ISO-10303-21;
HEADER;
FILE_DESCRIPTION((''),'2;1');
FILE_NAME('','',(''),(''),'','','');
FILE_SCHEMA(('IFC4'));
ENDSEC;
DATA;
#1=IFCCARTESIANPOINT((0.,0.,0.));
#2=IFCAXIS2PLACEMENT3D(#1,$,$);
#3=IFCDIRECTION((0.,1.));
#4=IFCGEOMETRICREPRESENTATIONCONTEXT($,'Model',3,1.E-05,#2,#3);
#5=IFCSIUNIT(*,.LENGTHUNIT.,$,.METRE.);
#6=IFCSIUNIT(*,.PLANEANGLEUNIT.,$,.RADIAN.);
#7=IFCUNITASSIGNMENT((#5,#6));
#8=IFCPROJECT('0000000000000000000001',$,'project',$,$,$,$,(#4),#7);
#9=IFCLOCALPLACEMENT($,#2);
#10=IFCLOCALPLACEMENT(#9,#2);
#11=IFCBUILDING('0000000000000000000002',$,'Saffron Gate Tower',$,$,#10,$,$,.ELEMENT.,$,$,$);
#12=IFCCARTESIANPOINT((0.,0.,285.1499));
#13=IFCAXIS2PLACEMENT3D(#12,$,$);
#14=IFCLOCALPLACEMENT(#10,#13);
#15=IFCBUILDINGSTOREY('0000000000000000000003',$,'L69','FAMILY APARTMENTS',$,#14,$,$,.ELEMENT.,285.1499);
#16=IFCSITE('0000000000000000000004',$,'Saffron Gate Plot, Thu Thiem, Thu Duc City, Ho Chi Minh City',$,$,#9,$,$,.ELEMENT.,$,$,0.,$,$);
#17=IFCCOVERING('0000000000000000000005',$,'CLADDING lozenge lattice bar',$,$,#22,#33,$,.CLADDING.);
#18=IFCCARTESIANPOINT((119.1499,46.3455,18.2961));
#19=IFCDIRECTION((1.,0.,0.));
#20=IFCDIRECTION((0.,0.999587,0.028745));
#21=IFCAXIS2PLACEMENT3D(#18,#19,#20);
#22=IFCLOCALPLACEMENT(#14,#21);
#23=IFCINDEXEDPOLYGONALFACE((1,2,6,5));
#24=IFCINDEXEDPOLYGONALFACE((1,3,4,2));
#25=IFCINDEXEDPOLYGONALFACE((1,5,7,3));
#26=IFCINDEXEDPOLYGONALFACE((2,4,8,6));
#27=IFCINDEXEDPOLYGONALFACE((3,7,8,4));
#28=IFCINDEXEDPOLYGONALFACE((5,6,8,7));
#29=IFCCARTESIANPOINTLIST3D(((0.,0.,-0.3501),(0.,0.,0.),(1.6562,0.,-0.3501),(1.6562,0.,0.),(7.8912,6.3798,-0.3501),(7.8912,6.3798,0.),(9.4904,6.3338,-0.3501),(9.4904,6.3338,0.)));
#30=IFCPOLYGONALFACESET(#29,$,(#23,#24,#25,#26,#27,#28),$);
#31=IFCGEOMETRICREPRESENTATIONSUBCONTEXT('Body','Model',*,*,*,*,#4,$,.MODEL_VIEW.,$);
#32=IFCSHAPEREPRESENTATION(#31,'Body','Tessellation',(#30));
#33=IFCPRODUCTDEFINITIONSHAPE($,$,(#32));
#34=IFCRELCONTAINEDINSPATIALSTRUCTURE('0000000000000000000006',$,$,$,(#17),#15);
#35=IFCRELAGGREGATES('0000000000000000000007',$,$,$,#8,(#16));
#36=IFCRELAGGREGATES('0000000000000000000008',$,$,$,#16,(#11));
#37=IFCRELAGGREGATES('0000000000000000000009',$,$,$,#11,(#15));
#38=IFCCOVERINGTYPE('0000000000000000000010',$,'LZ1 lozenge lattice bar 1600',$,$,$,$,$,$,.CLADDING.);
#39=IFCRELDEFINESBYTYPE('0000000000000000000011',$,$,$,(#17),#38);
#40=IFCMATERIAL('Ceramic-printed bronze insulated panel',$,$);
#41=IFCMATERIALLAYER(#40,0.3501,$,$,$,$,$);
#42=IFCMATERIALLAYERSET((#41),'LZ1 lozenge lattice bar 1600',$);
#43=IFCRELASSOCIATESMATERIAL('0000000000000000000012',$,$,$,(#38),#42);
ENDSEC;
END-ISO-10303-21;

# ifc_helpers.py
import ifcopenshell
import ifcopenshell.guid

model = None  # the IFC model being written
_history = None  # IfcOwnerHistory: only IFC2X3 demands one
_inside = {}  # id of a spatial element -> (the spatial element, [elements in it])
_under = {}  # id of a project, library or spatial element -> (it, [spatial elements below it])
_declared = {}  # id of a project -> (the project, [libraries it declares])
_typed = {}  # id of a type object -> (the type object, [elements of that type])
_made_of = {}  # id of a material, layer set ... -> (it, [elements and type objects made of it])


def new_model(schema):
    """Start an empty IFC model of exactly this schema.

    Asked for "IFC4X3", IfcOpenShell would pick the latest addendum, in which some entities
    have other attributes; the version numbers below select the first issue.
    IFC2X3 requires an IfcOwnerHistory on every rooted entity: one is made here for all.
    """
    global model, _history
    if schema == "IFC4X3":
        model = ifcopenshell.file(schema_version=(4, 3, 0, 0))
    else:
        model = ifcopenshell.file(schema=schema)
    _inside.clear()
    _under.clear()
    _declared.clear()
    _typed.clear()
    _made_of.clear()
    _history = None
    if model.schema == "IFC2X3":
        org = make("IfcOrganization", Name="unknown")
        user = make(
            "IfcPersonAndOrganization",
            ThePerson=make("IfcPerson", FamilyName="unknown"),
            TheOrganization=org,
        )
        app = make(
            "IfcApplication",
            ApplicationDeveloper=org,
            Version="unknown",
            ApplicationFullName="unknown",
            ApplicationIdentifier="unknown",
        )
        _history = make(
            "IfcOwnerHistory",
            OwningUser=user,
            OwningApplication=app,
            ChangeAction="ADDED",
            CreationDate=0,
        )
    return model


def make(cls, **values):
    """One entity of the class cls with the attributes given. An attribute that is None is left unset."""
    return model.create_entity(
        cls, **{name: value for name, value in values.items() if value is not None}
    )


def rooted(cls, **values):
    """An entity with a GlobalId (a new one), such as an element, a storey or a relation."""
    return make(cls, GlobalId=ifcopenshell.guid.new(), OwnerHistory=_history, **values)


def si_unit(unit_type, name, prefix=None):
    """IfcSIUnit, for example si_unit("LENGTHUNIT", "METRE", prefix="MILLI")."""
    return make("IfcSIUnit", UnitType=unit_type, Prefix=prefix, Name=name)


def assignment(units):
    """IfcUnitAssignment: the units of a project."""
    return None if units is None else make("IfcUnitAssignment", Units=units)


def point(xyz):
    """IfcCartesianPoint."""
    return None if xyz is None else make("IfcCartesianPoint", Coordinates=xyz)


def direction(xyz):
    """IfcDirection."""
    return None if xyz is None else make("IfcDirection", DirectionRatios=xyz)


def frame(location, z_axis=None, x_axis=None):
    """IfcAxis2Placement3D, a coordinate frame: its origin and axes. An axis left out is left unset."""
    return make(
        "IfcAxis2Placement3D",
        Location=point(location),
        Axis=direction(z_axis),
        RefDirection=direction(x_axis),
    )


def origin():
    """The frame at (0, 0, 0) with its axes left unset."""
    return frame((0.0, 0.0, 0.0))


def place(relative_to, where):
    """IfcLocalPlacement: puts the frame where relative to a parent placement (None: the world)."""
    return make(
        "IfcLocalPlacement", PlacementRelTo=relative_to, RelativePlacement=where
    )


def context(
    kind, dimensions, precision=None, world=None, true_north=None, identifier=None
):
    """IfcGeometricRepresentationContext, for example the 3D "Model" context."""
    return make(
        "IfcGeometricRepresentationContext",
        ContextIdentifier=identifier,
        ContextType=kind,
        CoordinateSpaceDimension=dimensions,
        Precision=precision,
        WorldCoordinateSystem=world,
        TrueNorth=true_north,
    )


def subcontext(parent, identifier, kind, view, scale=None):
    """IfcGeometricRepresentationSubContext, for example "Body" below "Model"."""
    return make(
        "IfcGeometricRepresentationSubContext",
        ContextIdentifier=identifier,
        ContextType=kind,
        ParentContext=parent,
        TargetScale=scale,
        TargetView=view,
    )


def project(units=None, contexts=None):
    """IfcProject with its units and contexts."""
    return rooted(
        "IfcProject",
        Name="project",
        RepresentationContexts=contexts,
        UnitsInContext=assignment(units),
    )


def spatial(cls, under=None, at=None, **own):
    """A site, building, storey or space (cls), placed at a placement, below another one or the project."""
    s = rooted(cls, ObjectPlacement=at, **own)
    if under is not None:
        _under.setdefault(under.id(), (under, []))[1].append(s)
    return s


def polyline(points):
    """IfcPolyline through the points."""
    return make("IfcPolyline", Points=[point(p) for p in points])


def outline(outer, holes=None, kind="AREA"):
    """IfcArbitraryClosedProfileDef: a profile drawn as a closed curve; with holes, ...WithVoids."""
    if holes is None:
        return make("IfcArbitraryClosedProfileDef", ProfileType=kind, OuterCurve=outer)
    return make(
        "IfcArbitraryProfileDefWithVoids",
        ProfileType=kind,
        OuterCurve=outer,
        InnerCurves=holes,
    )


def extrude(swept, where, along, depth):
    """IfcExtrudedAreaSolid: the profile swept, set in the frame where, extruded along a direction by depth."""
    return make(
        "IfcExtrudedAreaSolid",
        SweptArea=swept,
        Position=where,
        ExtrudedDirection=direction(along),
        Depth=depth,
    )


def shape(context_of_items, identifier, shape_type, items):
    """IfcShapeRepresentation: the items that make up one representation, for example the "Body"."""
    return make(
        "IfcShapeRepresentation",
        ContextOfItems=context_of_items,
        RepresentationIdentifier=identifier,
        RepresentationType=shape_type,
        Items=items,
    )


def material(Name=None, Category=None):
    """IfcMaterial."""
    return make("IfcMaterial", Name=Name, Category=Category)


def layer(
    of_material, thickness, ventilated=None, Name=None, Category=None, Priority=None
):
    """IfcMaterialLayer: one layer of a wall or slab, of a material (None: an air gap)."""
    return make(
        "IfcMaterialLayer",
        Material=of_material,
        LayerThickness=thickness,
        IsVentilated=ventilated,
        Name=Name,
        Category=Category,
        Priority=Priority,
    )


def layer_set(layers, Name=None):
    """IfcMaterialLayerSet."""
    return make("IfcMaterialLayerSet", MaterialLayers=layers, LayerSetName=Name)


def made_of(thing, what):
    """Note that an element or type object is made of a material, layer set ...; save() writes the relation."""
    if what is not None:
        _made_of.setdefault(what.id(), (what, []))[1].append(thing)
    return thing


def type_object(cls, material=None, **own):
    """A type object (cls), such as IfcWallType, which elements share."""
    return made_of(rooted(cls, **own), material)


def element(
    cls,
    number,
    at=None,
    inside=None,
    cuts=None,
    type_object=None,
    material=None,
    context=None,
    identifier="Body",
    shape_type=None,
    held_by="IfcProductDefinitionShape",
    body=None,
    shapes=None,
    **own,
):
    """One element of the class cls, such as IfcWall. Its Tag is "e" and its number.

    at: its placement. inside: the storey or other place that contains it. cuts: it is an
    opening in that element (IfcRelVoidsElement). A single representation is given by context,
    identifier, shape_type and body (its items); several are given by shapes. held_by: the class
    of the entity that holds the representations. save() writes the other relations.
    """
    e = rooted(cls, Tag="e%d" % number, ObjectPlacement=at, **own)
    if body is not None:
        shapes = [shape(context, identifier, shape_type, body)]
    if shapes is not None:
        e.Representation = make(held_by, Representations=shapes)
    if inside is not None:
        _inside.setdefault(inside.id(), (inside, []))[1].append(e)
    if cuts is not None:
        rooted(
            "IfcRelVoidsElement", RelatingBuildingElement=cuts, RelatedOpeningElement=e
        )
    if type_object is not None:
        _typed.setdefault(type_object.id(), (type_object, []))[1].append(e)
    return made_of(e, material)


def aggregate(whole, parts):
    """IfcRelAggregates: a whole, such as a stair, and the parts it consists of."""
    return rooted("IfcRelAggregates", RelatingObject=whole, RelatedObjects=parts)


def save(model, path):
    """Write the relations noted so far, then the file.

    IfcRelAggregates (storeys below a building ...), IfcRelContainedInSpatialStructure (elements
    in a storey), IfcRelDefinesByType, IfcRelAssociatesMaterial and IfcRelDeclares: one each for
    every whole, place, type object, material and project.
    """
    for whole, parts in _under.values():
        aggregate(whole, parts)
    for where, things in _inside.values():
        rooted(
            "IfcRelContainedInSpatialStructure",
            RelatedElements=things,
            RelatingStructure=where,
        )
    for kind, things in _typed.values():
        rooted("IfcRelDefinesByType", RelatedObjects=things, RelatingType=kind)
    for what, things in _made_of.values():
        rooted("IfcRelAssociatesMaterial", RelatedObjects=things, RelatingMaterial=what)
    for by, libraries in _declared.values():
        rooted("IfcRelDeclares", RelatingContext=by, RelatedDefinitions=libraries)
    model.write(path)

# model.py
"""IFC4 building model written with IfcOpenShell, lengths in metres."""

from ifc_helpers import new_model, si_unit, direction, frame, origin, place, context, subcontext, project, spatial, polyline, outline, extrude, material, layer, layer_set, type_object, element, save


model = new_model("IFC4")

# Units and contexts
model_context = context("Model", 3, precision=1e-05, world=origin(), true_north=direction((0.0, 1.0)))
body_context = subcontext(model_context, "Body", "Model", "MODEL_VIEW")
ifc_project = project(units=[si_unit("LENGTHUNIT", "METRE"), si_unit("PLANEANGLEUNIT", "RADIAN")], contexts=[model_context])

# Site, building, storey
site_placement = place(None, origin())
site = spatial("IfcSite", under=ifc_project, at=site_placement, Name="Saffron Gate Plot, Thu Thiem, Thu Duc City, Ho Chi Minh City", CompositionType="ELEMENT", RefElevation=0.0)
building_placement = place(site_placement, origin())
building = spatial("IfcBuilding", under=site, at=building_placement, Name="Saffron Gate Tower", CompositionType="ELEMENT")
storey_placement = place(building_placement, frame((0.0, 0.0, 285.1499)))
storey = spatial("IfcBuildingStorey", under=building, at=storey_placement, Name="L69", Description="FAMILY APARTMENTS", CompositionType="ELEMENT", Elevation=285.1499)

# Covering
ifc_material_1 = material(Name="Ceramic-printed bronze insulated panel")
ifc_layer_1 = layer(ifc_material_1, 0.3501)
ifc_layer_set_1 = layer_set([ifc_layer_1], Name="LZ1 lozenge lattice bar 1600")
covering_type = type_object("IfcCoveringType", Name="LZ1 lozenge lattice bar 1600", PredefinedType="CLADDING", material=ifc_layer_set_1)
covering_placement = place(storey_placement, frame((119.1499, 46.3455, 18.2961), z_axis=(1.0, 0.0, 0.0), x_axis=(0.0, 0.999587, 0.028745)))
element("IfcCovering", 1, at=covering_placement, inside=storey, type_object=covering_type, Name="CLADDING lozenge lattice bar", PredefinedType="CLADDING", context=body_context, shape_type="SweptSolid", body=[
    extrude(outline(polyline([(0.0, 0.0), (1.6562, 0.0), (9.4904, 6.3338), (7.8912, 6.3798), (0.0, 0.0)])), origin(), (0.0, 0.0, -1.0), 0.3501),
])

save(model, "model.ifc")
